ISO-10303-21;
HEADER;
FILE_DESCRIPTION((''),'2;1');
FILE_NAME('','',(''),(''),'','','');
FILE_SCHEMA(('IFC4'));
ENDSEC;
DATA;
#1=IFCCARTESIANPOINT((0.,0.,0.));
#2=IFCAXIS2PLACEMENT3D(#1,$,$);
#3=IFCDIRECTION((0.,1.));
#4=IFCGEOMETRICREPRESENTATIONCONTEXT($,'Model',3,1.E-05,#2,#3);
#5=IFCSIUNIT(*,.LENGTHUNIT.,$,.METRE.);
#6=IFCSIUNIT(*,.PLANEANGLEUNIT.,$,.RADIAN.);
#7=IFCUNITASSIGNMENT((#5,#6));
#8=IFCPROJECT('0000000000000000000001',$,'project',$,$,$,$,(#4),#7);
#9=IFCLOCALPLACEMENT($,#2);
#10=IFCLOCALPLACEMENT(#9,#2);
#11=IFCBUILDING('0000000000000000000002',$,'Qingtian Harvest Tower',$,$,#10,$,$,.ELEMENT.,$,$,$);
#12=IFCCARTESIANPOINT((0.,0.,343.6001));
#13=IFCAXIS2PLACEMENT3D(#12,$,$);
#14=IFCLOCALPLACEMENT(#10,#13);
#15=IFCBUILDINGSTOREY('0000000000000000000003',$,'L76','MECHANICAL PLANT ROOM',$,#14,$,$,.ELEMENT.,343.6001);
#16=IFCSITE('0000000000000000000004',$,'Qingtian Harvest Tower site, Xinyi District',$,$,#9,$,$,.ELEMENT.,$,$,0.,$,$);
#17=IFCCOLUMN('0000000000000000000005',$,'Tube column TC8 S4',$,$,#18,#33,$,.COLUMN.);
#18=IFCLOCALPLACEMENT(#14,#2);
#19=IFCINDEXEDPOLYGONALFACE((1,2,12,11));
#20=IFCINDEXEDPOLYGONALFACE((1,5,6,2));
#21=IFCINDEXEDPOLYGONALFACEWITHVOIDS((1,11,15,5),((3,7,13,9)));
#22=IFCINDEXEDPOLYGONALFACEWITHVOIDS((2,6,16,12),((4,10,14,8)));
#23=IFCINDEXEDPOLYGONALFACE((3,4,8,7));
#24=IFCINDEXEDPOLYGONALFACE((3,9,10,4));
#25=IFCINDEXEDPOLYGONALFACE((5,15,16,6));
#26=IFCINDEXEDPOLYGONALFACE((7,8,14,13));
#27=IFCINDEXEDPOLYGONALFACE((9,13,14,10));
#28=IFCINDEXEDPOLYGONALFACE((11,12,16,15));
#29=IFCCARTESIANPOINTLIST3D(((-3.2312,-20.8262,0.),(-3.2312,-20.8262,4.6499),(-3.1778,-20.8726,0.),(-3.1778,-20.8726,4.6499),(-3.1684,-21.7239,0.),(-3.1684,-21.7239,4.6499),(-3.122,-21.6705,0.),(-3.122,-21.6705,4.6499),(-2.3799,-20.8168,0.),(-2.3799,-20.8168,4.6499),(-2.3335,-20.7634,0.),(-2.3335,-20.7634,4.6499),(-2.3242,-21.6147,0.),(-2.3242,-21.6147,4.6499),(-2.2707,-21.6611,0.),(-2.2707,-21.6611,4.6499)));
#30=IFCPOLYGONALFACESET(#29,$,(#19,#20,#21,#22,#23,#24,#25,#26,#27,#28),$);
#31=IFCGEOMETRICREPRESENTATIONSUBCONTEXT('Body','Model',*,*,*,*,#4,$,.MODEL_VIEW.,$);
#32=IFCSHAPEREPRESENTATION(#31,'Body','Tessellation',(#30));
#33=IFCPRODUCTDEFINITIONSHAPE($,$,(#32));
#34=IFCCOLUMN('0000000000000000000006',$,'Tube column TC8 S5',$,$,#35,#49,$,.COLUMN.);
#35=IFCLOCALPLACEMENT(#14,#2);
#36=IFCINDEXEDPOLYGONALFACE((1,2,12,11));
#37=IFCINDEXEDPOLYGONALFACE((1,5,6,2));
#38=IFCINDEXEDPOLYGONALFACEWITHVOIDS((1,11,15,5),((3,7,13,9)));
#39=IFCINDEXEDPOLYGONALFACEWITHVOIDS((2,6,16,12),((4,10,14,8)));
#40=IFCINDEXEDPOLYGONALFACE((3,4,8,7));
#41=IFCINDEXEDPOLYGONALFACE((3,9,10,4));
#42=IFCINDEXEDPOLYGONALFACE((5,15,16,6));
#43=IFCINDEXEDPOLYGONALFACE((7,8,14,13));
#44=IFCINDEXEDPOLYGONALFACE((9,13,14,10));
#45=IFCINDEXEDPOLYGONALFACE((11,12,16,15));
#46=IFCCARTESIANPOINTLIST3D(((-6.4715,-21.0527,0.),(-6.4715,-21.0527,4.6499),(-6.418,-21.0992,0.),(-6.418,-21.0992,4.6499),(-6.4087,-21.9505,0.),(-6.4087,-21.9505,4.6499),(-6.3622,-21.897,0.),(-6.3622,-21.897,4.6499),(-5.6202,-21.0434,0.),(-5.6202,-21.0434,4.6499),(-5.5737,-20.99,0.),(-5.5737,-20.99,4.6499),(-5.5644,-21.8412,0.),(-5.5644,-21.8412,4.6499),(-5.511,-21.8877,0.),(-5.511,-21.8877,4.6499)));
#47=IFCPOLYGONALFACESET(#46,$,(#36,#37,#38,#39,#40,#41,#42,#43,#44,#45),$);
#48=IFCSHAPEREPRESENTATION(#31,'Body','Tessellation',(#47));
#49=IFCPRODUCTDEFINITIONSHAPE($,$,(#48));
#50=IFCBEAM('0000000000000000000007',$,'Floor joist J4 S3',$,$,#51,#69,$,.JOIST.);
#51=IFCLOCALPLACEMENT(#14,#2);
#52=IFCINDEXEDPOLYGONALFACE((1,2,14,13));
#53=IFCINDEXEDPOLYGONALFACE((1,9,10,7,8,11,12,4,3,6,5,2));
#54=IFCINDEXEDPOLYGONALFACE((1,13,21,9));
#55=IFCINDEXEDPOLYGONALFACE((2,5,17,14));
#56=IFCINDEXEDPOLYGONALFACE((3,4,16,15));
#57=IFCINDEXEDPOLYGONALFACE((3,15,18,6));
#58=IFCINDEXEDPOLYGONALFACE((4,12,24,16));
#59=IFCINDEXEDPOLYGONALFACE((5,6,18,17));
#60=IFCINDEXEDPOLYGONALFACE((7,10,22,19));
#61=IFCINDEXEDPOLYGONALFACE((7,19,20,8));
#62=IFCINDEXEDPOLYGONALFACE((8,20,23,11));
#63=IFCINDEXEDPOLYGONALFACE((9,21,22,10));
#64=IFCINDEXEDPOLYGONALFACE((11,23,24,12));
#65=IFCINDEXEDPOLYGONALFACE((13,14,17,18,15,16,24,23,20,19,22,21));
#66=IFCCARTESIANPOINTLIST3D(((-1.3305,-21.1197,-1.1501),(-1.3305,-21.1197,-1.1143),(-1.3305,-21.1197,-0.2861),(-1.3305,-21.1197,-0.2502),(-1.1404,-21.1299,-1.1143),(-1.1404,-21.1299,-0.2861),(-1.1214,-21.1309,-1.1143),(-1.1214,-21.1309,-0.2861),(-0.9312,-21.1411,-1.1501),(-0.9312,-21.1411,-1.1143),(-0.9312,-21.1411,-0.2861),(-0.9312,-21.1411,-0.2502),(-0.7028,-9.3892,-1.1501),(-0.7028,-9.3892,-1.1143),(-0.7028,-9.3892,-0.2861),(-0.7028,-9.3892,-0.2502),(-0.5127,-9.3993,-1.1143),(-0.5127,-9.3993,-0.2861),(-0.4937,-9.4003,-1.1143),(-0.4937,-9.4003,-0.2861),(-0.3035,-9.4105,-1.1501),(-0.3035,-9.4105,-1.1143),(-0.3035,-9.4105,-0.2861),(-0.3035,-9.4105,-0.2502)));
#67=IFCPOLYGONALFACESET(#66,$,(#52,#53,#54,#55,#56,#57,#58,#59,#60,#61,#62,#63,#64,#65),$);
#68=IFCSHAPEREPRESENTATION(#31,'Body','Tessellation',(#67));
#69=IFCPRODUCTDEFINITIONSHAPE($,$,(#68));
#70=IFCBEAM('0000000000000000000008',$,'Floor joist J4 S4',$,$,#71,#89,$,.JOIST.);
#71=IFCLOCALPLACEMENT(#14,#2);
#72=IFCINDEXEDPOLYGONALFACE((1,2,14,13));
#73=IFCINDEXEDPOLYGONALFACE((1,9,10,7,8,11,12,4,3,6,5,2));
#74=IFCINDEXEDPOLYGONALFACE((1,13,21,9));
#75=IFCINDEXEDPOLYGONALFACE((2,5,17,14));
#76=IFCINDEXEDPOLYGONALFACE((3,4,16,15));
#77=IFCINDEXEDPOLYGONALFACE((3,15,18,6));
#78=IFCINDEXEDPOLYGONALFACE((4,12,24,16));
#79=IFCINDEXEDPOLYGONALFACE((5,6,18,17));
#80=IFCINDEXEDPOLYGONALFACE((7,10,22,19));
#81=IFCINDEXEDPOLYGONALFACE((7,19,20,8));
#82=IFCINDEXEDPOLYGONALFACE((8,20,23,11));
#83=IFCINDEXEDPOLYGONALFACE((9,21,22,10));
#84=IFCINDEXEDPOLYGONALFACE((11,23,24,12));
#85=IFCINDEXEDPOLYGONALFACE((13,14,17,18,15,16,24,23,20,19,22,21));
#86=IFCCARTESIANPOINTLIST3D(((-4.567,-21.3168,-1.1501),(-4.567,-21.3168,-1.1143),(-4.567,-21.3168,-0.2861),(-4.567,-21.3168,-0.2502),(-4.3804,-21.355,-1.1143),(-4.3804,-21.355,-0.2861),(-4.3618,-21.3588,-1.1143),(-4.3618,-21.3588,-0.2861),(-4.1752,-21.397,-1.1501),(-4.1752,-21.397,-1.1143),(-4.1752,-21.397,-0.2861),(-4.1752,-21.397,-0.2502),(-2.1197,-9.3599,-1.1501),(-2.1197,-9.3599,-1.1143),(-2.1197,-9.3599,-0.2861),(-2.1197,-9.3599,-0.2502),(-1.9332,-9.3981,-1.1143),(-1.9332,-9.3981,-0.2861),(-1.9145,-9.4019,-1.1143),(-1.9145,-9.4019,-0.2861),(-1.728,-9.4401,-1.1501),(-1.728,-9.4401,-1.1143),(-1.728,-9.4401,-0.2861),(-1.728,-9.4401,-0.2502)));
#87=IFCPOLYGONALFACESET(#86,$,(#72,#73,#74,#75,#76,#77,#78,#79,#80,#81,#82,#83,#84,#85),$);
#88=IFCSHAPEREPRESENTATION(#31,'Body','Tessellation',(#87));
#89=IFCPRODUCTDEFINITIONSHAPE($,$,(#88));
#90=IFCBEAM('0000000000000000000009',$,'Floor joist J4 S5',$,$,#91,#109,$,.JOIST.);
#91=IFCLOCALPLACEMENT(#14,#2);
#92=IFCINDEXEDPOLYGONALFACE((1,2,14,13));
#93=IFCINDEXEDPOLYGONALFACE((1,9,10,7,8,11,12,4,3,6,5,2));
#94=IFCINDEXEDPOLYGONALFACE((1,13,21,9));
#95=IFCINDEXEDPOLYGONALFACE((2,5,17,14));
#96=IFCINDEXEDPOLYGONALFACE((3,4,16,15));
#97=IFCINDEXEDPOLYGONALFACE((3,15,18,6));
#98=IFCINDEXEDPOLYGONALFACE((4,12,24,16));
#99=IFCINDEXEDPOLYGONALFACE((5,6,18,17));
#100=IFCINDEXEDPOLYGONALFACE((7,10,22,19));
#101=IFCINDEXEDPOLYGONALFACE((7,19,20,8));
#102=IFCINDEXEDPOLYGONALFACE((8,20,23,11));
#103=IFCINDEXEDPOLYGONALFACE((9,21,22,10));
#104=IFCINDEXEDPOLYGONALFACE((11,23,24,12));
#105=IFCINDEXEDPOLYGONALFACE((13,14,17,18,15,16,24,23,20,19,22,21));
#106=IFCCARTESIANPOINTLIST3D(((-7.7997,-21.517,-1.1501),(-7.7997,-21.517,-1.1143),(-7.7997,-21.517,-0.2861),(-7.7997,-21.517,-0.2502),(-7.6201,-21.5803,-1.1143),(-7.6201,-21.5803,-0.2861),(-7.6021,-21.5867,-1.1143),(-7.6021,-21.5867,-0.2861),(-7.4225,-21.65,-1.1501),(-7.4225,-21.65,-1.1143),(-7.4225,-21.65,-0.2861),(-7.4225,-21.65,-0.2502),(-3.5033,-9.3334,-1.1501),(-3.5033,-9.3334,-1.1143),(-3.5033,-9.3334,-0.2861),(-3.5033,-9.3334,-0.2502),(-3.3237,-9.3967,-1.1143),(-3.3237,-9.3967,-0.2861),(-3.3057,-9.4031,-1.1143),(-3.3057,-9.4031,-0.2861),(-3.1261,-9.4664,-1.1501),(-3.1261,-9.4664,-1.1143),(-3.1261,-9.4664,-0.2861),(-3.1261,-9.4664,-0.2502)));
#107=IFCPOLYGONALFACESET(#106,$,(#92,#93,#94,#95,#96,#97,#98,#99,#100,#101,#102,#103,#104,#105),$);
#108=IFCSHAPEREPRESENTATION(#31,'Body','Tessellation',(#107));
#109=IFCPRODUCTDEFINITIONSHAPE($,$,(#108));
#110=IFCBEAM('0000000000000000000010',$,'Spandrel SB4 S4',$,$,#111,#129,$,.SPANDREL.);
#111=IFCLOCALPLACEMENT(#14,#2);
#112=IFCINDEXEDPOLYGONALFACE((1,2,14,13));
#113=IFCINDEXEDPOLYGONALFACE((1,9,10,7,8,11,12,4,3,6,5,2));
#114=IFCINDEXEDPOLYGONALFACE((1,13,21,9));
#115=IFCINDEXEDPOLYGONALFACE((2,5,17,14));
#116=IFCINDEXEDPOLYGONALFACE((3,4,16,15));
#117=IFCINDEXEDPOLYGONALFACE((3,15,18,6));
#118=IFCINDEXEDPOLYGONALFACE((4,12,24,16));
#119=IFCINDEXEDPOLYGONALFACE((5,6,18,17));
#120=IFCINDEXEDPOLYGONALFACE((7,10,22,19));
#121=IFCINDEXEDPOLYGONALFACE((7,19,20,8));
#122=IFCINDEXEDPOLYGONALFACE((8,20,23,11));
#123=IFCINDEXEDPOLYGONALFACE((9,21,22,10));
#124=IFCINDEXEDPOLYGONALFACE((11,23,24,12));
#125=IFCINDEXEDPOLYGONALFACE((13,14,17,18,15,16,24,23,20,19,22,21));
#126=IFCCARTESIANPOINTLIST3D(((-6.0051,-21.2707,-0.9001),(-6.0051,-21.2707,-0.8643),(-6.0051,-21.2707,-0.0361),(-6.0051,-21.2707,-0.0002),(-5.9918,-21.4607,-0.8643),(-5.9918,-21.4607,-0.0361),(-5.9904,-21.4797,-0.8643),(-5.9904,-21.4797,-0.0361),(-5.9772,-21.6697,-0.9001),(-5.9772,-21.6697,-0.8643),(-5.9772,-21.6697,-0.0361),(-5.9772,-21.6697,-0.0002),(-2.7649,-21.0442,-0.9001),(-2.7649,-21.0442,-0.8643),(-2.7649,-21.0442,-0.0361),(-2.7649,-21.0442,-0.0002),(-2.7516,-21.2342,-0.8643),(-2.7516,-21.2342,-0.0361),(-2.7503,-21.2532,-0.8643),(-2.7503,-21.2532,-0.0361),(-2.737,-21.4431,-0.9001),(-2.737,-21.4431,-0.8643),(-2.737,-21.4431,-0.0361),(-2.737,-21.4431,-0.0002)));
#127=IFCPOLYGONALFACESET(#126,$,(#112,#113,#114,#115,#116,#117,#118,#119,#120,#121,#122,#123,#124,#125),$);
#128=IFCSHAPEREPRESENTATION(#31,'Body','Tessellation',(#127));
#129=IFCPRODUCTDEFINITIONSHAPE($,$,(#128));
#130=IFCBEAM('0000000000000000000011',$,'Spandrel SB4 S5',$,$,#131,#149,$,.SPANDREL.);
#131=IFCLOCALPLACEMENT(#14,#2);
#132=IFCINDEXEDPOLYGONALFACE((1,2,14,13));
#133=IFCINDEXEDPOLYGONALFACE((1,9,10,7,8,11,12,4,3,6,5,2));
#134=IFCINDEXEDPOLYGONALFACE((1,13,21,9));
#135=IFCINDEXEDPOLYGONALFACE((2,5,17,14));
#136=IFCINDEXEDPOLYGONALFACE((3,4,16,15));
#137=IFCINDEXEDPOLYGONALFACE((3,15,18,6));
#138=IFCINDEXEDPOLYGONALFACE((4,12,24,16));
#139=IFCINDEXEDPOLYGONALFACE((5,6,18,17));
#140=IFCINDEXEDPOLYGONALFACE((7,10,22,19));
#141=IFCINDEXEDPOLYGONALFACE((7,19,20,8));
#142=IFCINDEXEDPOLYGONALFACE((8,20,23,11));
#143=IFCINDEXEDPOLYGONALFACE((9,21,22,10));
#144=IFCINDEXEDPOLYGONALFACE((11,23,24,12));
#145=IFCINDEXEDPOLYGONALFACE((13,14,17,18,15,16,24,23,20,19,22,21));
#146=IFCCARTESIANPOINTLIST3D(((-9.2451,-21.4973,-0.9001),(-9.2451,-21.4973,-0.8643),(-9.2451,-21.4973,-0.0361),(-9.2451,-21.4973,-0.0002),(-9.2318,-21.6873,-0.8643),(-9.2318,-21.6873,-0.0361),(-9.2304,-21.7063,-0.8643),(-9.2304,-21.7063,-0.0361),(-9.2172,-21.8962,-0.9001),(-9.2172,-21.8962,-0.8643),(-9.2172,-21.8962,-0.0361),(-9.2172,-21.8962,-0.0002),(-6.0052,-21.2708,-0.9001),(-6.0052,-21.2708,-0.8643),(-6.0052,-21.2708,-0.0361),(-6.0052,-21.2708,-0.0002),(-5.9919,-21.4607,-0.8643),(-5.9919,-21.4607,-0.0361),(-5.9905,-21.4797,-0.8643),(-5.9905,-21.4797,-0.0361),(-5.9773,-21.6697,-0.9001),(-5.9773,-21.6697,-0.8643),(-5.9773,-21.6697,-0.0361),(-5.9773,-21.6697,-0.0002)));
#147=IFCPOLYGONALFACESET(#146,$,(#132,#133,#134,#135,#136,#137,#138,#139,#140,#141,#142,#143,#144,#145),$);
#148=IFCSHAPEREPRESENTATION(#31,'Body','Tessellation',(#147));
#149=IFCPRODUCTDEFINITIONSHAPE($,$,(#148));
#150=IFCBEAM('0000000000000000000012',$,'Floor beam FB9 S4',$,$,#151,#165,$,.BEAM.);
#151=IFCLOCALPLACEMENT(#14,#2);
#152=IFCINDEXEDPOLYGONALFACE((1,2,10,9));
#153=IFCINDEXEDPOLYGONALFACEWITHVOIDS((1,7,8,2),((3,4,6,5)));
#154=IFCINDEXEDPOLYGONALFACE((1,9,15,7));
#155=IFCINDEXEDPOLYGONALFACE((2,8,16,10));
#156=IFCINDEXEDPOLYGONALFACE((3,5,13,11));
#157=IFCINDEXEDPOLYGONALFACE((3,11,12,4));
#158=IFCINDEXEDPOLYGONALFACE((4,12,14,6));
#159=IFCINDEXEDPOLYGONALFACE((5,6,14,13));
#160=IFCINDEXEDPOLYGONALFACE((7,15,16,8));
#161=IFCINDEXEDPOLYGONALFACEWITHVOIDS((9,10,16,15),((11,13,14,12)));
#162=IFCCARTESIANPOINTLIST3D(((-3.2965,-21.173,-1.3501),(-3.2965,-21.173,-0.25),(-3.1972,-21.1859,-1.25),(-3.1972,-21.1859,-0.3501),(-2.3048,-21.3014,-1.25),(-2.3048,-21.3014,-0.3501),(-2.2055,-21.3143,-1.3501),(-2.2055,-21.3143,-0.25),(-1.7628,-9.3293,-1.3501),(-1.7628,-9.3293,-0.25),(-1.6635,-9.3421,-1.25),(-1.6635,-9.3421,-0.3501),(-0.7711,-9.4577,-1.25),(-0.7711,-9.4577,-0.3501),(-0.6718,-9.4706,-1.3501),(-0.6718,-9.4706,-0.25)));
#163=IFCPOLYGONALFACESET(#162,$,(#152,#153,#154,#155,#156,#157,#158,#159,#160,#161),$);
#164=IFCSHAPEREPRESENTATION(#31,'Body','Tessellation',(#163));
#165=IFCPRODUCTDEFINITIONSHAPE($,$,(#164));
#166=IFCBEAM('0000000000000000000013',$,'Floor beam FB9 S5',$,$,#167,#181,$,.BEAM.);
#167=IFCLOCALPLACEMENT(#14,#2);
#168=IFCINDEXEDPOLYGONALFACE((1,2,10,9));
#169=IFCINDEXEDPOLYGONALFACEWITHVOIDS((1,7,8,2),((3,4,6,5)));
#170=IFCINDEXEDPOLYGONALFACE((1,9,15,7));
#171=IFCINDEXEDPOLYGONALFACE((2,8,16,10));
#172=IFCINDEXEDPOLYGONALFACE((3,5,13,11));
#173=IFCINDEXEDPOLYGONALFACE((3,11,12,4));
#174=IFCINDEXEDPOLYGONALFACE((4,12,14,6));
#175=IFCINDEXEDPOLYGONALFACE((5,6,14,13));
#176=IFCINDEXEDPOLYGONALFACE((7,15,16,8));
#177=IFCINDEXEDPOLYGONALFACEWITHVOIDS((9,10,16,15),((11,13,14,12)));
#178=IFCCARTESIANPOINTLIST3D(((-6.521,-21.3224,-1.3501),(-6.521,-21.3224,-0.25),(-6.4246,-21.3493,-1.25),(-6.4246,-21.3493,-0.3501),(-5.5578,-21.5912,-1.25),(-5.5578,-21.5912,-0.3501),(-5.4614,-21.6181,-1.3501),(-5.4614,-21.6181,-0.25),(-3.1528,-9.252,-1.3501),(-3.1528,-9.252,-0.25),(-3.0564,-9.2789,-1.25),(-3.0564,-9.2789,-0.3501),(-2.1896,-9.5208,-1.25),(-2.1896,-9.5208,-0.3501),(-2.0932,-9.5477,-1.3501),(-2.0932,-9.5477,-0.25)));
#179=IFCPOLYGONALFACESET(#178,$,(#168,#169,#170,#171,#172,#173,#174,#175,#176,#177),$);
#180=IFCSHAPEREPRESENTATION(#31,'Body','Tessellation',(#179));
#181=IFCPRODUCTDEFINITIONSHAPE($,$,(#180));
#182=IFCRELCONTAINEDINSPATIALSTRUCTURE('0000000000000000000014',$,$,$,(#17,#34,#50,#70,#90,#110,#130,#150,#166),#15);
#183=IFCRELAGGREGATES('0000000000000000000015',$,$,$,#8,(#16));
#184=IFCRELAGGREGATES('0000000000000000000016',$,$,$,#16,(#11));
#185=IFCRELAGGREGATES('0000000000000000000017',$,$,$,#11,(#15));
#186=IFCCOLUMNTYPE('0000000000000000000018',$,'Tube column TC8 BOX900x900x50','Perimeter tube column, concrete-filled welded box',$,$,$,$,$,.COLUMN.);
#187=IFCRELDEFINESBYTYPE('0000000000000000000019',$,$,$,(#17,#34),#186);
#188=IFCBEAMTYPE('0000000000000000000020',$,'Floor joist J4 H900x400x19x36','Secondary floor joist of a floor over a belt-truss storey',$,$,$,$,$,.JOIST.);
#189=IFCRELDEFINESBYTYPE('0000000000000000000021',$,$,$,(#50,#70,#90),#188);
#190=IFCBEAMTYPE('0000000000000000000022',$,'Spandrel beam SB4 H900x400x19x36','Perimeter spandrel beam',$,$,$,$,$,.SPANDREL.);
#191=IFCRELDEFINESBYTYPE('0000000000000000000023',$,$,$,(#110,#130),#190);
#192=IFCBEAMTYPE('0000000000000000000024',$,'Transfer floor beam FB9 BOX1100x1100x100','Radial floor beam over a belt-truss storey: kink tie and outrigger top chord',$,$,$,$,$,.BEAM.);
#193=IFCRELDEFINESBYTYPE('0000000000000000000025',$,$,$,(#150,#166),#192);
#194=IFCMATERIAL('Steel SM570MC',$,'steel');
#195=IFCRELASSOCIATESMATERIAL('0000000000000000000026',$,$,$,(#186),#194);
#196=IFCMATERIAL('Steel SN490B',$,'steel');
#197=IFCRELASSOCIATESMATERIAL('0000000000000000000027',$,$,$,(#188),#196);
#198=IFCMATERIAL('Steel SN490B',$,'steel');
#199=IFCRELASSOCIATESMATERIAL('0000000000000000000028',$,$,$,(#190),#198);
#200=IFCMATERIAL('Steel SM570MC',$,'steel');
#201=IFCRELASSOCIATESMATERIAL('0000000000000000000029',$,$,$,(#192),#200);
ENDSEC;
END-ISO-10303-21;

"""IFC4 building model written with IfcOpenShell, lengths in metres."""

from ifc_helpers import new_model, si_unit, direction, frame, origin, origin_2d, place, context, subcontext, project, spatial, hollow_rectangle, i_section, extrude, material, material_profile, profile_set, type_object, element, save


model = new_model("IFC4")

# Units and contexts
model_context = context("Model", 3, precision=1e-05, world=origin(), true_north=direction((0.0, 1.0)))
body_context = subcontext(model_context, "Body", "Model", "MODEL_VIEW")
ifc_project = project(units=[si_unit("LENGTHUNIT", "METRE"), si_unit("PLANEANGLEUNIT", "RADIAN")], contexts=[model_context])

# Site, building, storey
site_placement = place(None, origin())
site = spatial("IfcSite", under=ifc_project, at=site_placement, Name="Qingtian Harvest Tower site, Xinyi District", CompositionType="ELEMENT", RefElevation=0.0)
building_placement = place(site_placement, origin())
building = spatial("IfcBuilding", under=site, at=building_placement, Name="Qingtian Harvest Tower", CompositionType="ELEMENT")
storey_placement = place(building_placement, frame((0.0, 0.0, 343.6001)))
storey = spatial("IfcBuildingStorey", under=building, at=storey_placement, Name="L76", Description="MECHANICAL PLANT ROOM", CompositionType="ELEMENT", Elevation=343.6001)

# Columns
ifc_material_1 = material(Name="Steel SM570MC", Category="steel")
ifc_material_profile_1 = material_profile(ifc_material_1, hollow_rectangle(XDim=0.8999, YDim=0.8999, WallThickness=0.05, at=origin_2d()), Name="BOX900x900x50")
ifc_profile_set_1 = profile_set([ifc_material_profile_1], Name="Steel SM570MC")
column_type = type_object("IfcColumnType", Name="Tube column TC8 BOX900x900x50", Description="Perimeter tube column, concrete-filled welded box", PredefinedType="COLUMN", material=ifc_profile_set_1)
for number, where, z_axis, x_axis, name in (
    (1, (-2.751, -21.2437, 0.0), (0.0, 0.0, 1.0), (0.997564, 0.069756, 0.0), "Tube column TC8 S4"),
    (2, (-5.9912, -21.4702, 0.0), (0.0, 0.0, 1.0), (0.997564, 0.069756, 0.0), "Tube column TC8 S5"),
):
    element("IfcColumn", number, at=place(storey_placement, frame(where, z_axis=z_axis, x_axis=x_axis)), inside=storey, type_object=column_type, Name=name, PredefinedType="COLUMN", context=body_context, shape_type="SweptSolid", body=[
        extrude(hollow_rectangle(XDim=0.8999, YDim=0.8999, WallThickness=0.05, at=origin_2d()), origin(), (0.0, 0.0, 1.0), 4.6499),
    ])

# Beams
ifc_material_2 = material(Name="Steel SN490B", Category="steel")
ifc_material_profile_2 = material_profile(ifc_material_2, i_section(OverallWidth=0.3999, OverallDepth=0.8999, WebThickness=0.019, FlangeThickness=0.0359, at=origin_2d()), Name="H900x400x19x36")
ifc_profile_set_2 = profile_set([ifc_material_profile_2], Name="Steel SN490B")
beam_type_1 = type_object("IfcBeamType", Name="Floor joist J4 H900x400x19x36", Description="Secondary floor joist of a floor over a belt-truss storey", PredefinedType="JOIST", material=ifc_profile_set_2)
beam_1_placement = place(storey_placement, frame((-1.1309, -21.1304, -0.7002), z_axis=(0.053433, 0.998571, 0.0), x_axis=(-0.998571, 0.053433, 0.0)))
element("IfcBeam", 3, at=beam_1_placement, inside=storey, type_object=beam_type_1, Name="Floor joist J4 S3", PredefinedType="JOIST", context=body_context, shape_type="SweptSolid", body=[
    extrude(i_section(OverallWidth=0.3999, OverallDepth=0.8999, WebThickness=0.019, FlangeThickness=0.0359, at=origin_2d()), origin(), (0.0, 0.0, 1.0), 11.7473),
])
beam_2_placement = place(storey_placement, frame((-4.3711, -21.3569, -0.7002), z_axis=(0.200515, 0.979691, 0.0), x_axis=(-0.979691, 0.200515, 0.0)))
element("IfcBeam", 4, at=beam_2_placement, inside=storey, type_object=beam_type_1, Name="Floor joist J4 S4", PredefinedType="JOIST", context=body_context, shape_type="SweptSolid", body=[
    extrude(i_section(OverallWidth=0.3999, OverallDepth=0.8999, WebThickness=0.019, FlangeThickness=0.0359, at=origin_2d()), origin(), (0.0, 0.0, 1.0), 12.2048),
])
beam_3_placement = place(storey_placement, frame((-7.6111, -21.5835, -0.7002), z_axis=(0.332565, 0.94308, 0.0), x_axis=(-0.94308, 0.332565, 0.0)))
element("IfcBeam", 5, at=beam_3_placement, inside=storey, type_object=beam_type_1, Name="Floor joist J4 S5", PredefinedType="JOIST", context=body_context, shape_type="SweptSolid", body=[
    extrude(i_section(OverallWidth=0.3999, OverallDepth=0.8999, WebThickness=0.019, FlangeThickness=0.0359, at=origin_2d()), origin(), (0.0, 0.0, 1.0), 12.9189),
])
ifc_material_3 = material(Name="Steel SN490B", Category="steel")
ifc_material_profile_3 = material_profile(ifc_material_3, i_section(OverallWidth=0.3999, OverallDepth=0.8999, WebThickness=0.019, FlangeThickness=0.0359, at=origin_2d()), Name="H900x400x19x36")
ifc_profile_set_3 = profile_set([ifc_material_profile_3], Name="Steel SN490B")
beam_type_2 = type_object("IfcBeamType", Name="Spandrel beam SB4 H900x400x19x36", Description="Perimeter spandrel beam", PredefinedType="SPANDREL", material=ifc_profile_set_3)
beam_4_placement = place(storey_placement, frame((-2.751, -21.2437, -0.4502), z_axis=(-0.997564, -0.069751, 0.0), x_axis=(0.069751, -0.997564, 0.0)))
element("IfcBeam", 6, at=beam_4_placement, inside=storey, type_object=beam_type_2, Name="Spandrel SB4 S4", PredefinedType="SPANDREL", context=body_context, shape_type="SweptSolid", body=[
    extrude(i_section(OverallWidth=0.3999, OverallDepth=0.8999, WebThickness=0.019, FlangeThickness=0.0359, at=origin_2d()), origin(), (0.0, 0.0, 1.0), 3.248),
])
beam_5_placement = place(storey_placement, frame((-5.9912, -21.4702, -0.4502), z_axis=(-0.997564, -0.069757, 0.0), x_axis=(0.069757, -0.997564, 0.0)))
element("IfcBeam", 7, at=beam_5_placement, inside=storey, type_object=beam_type_2, Name="Spandrel SB4 S5", PredefinedType="SPANDREL", context=body_context, shape_type="SweptSolid", body=[
    extrude(i_section(OverallWidth=0.3999, OverallDepth=0.8999, WebThickness=0.019, FlangeThickness=0.0359, at=origin_2d()), origin(), (0.0, 0.0, 1.0), 3.2478),
])
ifc_material_4 = material(Name="Steel SM570MC", Category="steel")
ifc_material_profile_4 = material_profile(ifc_material_4, hollow_rectangle(XDim=1.1001, YDim=1.1001, WallThickness=0.1001, at=origin_2d()), Name="BOX1100x1100x100")
ifc_profile_set_4 = profile_set([ifc_material_profile_4], Name="Steel SM570MC")
beam_type_3 = type_object("IfcBeamType", Name="Transfer floor beam FB9 BOX1100x1100x100", Description="Radial floor beam over a belt-truss storey: kink tie and outrigger top chord", PredefinedType="BEAM", material=ifc_profile_set_4)
beam_6_placement = place(storey_placement, frame((-2.751, -21.2437, -0.8), z_axis=(0.128421, 0.99172, 0.0), x_axis=(-0.99172, 0.128421, 0.0)))
element("IfcBeam", 8, at=beam_6_placement, inside=storey, type_object=beam_type_3, Name="Floor beam FB9 S4", PredefinedType="BEAM", context=body_context, shape_type="SweptSolid", body=[
    extrude(hollow_rectangle(XDim=1.1001, YDim=1.1001, WallThickness=0.1001, at=origin_2d()), origin(), (0.0, 0.0, 1.0), 11.9426),
])
beam_7_placement = place(storey_placement, frame((-5.9912, -21.4702, -0.8), z_axis=(0.268777, 0.963202, 0.0), x_axis=(-0.963202, 0.268777, 0.0)))
element("IfcBeam", 9, at=beam_7_placement, inside=storey, type_object=beam_type_3, Name="Floor beam FB9 S5", PredefinedType="BEAM", context=body_context, shape_type="SweptSolid", body=[
    extrude(hollow_rectangle(XDim=1.1001, YDim=1.1001, WallThickness=0.1001, at=origin_2d()), origin(), (0.0, 0.0, 1.0), 12.5315),
])

save(model, "model.ifc")
